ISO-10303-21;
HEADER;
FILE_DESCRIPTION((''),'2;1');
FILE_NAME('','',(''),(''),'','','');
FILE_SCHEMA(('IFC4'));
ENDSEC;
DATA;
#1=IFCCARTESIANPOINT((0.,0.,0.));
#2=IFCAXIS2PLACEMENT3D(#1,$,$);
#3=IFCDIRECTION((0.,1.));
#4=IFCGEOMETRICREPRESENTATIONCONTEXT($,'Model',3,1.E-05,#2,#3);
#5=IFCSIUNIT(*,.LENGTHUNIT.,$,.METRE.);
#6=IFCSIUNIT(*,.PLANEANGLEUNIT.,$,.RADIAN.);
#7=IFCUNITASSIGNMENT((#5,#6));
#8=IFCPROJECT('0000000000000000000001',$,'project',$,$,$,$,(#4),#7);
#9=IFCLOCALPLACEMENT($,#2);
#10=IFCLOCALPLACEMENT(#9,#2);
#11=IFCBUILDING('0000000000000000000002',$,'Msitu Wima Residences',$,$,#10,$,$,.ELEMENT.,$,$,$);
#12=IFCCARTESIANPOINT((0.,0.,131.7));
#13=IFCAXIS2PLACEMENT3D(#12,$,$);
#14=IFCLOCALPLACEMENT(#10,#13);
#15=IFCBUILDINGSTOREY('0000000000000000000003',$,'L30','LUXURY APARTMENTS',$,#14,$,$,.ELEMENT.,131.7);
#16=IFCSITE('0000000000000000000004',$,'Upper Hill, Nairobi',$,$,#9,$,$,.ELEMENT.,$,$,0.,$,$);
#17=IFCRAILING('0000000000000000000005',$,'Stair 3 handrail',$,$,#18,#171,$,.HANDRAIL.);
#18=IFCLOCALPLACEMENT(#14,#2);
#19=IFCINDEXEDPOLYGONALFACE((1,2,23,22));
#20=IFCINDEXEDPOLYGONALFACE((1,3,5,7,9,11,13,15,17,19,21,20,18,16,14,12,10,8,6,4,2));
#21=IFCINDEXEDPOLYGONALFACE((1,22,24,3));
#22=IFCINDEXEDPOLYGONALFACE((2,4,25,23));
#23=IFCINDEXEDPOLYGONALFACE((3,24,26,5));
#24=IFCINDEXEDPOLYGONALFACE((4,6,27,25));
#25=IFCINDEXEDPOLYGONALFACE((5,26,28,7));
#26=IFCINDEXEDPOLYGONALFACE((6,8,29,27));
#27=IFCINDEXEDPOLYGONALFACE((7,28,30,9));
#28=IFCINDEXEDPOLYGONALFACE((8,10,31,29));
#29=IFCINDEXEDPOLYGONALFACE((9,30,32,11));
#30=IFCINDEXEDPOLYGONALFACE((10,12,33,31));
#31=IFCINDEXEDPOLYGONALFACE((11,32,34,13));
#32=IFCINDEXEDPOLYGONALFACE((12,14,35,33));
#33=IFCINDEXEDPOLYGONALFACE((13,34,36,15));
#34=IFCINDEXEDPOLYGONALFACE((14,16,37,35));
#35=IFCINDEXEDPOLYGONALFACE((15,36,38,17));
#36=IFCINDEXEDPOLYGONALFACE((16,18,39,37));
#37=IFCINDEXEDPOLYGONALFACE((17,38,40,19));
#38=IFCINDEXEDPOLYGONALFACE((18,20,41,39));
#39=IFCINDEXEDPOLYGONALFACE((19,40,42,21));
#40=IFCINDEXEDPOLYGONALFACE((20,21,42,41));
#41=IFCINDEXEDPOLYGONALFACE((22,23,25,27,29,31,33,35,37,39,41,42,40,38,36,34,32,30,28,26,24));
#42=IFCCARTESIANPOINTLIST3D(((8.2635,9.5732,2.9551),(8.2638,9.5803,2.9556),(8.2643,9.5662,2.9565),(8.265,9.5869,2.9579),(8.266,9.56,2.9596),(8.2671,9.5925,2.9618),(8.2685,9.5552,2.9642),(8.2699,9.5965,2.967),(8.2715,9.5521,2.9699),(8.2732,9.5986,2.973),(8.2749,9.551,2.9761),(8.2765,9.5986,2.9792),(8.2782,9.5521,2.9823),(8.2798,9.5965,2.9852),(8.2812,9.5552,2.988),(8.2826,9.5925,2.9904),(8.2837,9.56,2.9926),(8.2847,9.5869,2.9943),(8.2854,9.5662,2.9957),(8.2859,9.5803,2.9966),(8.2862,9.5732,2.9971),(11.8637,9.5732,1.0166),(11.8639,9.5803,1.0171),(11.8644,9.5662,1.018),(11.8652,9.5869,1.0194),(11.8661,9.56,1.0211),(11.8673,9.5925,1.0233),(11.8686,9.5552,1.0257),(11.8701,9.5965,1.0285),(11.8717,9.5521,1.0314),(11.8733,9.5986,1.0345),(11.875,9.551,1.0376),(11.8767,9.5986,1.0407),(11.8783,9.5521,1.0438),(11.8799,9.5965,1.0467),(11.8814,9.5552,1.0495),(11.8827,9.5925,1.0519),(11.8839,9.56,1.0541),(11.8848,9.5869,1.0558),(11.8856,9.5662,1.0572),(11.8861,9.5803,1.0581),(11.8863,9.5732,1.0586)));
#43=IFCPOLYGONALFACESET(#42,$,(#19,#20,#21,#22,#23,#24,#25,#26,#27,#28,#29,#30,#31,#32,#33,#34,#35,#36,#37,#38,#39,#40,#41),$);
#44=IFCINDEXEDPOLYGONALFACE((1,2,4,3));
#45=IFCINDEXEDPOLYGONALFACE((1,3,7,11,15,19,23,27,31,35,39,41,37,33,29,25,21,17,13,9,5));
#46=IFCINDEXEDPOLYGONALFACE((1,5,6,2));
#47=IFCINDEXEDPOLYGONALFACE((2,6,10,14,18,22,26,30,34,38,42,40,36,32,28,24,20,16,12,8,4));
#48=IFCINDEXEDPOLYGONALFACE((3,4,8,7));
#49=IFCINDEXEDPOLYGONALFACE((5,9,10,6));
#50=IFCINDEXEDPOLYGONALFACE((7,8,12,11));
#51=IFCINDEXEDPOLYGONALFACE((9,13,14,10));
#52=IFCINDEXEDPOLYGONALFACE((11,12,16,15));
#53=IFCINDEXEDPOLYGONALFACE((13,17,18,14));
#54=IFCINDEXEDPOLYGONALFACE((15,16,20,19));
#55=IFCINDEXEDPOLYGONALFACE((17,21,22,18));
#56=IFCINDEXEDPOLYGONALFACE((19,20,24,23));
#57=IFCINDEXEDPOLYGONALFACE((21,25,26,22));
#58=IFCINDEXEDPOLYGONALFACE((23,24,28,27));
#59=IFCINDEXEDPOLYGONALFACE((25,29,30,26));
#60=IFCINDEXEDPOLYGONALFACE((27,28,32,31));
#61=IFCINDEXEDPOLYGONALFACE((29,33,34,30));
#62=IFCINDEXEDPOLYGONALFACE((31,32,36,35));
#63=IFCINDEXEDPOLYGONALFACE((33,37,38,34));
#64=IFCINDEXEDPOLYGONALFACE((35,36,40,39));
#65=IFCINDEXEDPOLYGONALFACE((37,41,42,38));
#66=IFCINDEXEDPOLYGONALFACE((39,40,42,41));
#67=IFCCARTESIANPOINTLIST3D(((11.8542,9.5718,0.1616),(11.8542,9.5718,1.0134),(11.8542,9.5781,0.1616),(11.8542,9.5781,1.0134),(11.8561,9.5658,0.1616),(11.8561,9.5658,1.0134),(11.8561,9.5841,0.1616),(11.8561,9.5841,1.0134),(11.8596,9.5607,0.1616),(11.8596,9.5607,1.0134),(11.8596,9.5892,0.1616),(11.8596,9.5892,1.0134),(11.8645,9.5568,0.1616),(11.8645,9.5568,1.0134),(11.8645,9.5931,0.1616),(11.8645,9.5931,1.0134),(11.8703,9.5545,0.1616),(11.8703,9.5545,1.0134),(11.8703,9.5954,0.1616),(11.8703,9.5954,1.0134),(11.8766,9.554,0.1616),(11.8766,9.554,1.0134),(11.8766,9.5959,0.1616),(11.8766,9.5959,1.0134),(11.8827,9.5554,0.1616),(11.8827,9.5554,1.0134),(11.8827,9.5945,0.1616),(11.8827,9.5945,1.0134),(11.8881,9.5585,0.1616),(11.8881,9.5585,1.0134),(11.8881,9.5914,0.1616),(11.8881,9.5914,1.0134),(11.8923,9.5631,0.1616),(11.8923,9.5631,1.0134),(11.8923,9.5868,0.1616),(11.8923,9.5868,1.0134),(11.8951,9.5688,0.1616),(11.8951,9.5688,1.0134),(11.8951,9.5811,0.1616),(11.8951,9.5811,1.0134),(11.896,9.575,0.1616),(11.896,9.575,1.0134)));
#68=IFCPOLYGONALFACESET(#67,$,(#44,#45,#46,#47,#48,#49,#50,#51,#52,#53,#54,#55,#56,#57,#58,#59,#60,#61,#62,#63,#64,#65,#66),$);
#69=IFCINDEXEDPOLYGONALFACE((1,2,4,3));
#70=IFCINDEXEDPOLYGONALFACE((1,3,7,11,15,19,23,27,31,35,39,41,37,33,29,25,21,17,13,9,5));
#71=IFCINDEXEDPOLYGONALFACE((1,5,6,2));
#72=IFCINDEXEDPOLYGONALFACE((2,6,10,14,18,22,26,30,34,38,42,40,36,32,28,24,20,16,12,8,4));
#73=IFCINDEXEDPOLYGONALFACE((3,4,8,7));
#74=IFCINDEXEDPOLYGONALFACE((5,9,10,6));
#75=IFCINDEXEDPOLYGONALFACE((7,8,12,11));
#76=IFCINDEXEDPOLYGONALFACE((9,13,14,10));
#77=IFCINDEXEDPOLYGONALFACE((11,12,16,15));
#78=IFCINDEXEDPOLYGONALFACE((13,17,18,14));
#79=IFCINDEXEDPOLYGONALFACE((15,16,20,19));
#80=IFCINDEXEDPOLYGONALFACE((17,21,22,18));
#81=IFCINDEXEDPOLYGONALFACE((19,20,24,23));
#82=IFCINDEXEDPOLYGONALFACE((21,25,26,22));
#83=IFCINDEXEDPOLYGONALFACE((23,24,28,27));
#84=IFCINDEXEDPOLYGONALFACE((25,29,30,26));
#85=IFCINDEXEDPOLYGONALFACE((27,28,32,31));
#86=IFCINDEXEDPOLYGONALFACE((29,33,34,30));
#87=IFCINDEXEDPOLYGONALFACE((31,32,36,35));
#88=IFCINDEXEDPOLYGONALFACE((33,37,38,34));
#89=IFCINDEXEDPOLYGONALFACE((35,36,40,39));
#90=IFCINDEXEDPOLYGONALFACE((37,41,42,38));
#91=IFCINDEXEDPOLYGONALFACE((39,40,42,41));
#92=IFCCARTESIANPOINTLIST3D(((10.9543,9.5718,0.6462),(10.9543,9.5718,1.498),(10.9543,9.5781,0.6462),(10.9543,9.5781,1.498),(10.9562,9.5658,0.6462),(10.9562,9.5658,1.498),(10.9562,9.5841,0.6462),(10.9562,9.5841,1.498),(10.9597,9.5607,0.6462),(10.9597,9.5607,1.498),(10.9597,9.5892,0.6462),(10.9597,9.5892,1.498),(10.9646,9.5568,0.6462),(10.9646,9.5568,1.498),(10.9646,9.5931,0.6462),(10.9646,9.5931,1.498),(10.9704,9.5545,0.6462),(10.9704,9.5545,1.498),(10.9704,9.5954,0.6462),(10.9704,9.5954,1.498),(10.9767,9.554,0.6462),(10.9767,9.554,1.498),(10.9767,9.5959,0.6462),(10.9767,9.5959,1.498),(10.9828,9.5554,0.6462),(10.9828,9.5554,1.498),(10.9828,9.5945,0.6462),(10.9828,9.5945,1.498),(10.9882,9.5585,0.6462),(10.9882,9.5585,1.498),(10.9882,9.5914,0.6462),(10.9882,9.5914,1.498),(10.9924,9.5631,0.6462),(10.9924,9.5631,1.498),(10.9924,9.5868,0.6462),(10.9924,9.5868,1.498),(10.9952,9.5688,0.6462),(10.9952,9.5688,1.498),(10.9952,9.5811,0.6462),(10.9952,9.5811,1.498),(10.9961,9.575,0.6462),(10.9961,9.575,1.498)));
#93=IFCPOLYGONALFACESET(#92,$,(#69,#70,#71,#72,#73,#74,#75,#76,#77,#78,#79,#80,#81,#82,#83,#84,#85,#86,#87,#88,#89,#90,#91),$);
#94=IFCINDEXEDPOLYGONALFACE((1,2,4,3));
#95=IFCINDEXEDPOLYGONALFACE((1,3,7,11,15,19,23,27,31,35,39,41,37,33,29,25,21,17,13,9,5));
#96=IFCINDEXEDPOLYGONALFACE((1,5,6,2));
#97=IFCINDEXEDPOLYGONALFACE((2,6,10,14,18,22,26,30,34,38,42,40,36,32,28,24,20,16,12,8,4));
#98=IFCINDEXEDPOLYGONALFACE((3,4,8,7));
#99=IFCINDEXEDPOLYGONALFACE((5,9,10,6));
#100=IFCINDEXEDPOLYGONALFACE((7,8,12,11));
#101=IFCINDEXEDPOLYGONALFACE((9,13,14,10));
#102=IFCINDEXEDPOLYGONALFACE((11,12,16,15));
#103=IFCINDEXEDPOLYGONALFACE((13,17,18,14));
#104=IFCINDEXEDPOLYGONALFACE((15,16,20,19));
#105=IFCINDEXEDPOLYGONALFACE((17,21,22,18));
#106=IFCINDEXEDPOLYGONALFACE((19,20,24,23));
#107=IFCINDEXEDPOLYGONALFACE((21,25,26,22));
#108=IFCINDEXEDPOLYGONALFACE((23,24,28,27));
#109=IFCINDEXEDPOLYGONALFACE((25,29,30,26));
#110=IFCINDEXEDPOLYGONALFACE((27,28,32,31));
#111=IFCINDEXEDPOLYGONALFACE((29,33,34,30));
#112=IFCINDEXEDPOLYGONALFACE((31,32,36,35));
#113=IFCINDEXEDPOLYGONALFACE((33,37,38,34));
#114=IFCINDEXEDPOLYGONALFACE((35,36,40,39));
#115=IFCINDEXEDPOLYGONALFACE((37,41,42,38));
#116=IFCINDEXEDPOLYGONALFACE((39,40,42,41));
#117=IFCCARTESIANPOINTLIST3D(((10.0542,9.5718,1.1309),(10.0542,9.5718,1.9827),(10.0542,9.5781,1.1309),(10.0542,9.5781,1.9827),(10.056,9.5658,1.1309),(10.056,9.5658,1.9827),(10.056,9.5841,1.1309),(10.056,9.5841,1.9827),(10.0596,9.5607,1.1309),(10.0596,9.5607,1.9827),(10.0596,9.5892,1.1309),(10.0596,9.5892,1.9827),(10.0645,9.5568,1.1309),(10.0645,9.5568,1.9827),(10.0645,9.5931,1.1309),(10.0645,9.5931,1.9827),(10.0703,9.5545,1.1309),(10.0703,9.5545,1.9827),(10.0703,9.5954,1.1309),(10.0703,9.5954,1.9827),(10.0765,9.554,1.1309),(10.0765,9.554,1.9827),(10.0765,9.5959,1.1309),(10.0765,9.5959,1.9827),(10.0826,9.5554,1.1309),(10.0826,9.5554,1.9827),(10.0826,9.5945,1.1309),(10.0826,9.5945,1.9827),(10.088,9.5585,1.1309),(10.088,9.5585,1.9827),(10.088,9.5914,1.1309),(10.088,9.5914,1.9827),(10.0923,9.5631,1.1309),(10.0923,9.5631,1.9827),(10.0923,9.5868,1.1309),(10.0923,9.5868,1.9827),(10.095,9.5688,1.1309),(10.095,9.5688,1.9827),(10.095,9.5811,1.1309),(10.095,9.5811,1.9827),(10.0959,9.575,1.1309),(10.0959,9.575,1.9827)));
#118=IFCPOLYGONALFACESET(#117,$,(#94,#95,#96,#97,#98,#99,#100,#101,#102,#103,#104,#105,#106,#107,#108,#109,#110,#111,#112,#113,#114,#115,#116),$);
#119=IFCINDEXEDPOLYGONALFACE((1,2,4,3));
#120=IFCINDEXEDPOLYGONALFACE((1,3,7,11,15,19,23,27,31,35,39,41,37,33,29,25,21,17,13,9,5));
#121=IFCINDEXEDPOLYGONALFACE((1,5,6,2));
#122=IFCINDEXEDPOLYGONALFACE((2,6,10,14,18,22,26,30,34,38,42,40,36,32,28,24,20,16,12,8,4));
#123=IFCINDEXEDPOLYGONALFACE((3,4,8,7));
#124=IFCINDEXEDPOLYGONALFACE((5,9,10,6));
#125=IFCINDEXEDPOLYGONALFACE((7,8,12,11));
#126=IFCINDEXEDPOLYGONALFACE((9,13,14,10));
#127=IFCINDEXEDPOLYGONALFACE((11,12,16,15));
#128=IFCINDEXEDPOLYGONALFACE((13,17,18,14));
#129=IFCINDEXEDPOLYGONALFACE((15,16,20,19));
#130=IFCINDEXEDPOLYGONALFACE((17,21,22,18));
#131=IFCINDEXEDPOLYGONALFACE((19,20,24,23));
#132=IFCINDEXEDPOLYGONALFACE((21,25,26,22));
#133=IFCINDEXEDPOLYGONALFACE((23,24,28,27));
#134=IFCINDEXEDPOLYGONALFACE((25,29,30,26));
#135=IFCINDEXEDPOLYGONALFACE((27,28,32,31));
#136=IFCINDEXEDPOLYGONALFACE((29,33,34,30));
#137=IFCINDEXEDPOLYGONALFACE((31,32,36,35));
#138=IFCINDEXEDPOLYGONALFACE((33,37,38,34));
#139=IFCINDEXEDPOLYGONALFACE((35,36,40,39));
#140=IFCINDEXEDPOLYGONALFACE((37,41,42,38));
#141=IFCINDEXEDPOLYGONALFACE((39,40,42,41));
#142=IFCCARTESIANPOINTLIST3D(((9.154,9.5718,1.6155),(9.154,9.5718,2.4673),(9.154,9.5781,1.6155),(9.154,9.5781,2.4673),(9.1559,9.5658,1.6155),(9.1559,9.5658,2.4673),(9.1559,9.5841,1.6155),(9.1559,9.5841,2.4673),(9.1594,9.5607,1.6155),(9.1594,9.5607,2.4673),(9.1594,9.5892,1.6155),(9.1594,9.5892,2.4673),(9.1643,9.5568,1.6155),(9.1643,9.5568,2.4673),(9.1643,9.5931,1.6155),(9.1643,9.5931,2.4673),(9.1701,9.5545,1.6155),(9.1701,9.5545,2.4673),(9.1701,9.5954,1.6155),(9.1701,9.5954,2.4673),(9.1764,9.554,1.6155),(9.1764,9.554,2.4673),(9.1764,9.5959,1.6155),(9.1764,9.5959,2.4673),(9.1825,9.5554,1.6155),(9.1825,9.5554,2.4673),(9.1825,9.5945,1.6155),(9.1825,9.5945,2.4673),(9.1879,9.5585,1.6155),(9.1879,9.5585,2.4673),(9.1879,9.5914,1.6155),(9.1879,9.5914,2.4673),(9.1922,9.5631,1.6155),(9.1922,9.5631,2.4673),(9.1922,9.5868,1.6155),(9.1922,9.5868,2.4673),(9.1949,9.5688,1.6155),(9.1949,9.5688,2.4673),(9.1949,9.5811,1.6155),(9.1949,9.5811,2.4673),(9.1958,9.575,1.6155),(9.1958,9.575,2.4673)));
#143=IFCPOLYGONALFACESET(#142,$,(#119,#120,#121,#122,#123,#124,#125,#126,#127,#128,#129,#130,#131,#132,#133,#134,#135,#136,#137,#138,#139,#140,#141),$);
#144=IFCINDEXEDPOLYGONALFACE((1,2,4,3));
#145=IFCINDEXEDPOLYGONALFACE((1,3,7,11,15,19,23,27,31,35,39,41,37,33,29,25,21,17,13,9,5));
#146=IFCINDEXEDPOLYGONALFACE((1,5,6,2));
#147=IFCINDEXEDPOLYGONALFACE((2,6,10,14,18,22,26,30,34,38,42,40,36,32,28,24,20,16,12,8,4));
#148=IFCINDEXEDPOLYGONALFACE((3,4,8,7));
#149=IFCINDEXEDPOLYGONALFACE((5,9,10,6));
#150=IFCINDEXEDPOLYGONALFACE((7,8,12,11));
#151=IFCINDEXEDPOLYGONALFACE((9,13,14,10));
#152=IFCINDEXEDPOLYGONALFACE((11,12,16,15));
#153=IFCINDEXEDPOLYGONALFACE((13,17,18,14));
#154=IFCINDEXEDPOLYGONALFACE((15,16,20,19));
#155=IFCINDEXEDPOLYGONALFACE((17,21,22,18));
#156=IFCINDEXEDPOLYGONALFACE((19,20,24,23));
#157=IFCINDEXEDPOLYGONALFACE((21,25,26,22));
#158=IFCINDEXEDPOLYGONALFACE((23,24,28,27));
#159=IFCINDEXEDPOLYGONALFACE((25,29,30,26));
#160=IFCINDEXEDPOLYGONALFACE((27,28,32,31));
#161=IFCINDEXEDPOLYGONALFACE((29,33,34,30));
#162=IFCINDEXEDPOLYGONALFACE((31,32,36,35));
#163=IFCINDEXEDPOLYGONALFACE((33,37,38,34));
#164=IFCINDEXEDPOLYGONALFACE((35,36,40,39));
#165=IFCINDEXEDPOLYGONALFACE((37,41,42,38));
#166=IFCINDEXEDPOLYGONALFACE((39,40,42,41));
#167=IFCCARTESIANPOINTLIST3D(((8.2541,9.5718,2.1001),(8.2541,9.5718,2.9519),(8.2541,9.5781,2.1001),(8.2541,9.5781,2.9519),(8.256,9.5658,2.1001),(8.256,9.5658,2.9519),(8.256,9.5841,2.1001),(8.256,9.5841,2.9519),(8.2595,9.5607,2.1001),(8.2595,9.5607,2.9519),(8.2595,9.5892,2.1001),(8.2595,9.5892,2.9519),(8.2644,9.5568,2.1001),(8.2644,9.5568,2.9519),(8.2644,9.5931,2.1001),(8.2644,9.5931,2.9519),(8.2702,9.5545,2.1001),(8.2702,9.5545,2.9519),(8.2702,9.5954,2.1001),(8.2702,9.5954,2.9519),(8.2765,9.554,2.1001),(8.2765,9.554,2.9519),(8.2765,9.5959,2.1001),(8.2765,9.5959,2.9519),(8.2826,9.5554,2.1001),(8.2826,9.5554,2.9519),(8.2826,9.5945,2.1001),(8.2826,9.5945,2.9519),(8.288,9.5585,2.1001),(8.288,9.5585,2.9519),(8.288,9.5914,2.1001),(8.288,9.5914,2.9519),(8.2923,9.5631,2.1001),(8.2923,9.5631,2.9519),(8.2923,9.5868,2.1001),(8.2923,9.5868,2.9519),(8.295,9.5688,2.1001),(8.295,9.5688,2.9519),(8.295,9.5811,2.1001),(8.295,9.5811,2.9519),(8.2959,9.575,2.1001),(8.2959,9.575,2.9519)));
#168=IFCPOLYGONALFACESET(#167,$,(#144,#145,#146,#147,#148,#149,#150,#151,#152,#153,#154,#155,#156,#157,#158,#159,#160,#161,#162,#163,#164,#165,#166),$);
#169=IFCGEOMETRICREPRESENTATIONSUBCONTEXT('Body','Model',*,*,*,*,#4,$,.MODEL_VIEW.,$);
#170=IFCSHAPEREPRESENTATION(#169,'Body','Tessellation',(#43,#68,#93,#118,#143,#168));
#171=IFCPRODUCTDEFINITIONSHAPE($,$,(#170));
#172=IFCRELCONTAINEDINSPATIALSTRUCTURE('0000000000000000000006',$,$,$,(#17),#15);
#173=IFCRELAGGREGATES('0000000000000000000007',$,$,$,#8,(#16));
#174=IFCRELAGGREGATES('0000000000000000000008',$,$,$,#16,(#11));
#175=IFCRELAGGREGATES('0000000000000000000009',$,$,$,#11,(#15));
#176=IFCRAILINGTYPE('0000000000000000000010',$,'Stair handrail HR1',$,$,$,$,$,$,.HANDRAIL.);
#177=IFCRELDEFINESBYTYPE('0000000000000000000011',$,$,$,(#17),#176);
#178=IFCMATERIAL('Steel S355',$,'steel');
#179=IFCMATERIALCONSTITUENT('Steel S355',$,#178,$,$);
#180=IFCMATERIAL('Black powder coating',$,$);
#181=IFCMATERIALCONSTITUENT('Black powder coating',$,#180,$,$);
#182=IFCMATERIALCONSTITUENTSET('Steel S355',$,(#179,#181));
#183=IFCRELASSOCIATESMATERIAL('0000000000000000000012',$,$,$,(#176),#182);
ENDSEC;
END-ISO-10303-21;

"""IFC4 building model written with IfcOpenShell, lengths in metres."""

from ifc_helpers import new_model, si_unit, direction, frame, origin, origin_2d, place, context, subcontext, project, spatial, circle, extrude, material, constituent, constituent_set, type_object, element, save


model = new_model("IFC4")

# Units and contexts
model_context = context("Model", 3, precision=1e-05, world=origin(), true_north=direction((0.0, 1.0)))
body_context = subcontext(model_context, "Body", "Model", "MODEL_VIEW")
ifc_project = project(units=[si_unit("LENGTHUNIT", "METRE"), si_unit("PLANEANGLEUNIT", "RADIAN")], contexts=[model_context])

# Site, building, storey
site_placement = place(None, origin())
site = spatial("IfcSite", under=ifc_project, at=site_placement, Name="Upper Hill, Nairobi", CompositionType="ELEMENT", RefElevation=0.0)
building_placement = place(site_placement, origin())
building = spatial("IfcBuilding", under=site, at=building_placement, Name="Msitu Wima Residences", CompositionType="ELEMENT")
storey_placement = place(building_placement, frame((0.0, 0.0, 131.7)))
storey = spatial("IfcBuildingStorey", under=building, at=storey_placement, Name="L30", Description="LUXURY APARTMENTS", CompositionType="ELEMENT", Elevation=131.7)

# Railing
ifc_material_1 = material(Name="Steel S355", Category="steel")
ifc_constituent_1 = constituent(ifc_material_1, Name="Steel S355")
ifc_material_2 = material(Name="Black powder coating")
ifc_constituent_2 = constituent(ifc_material_2, Name="Black powder coating")
ifc_constituent_set = constituent_set(constituents=[ifc_constituent_1, ifc_constituent_2], Name="Steel S355")
railing_type = type_object("IfcRailingType", Name="Stair handrail HR1", PredefinedType="HANDRAIL", material=ifc_constituent_set)
for number, where, name in (
    (1, (11.875, 9.575, 0.1616), "Stair 3 handrail"),
):
    element("IfcRailing", number, at=place(storey_placement, frame(where)), inside=storey, type_object=railing_type, Name=name, PredefinedType="HANDRAIL", context=body_context, shape_type="SweptSolid", body=[
        extrude(circle(Radius=0.0239, at=origin_2d()), frame((0.0, 0.0, 0.876), z_axis=(-0.880475, 0.0, 0.474093), x_axis=(0.0, -1.0, 0.0)), (0.0, 0.0, 1.0), 4.0889),
        extrude(circle(Radius=0.021, at=origin_2d()), origin(), (0.0, 0.0, 1.0), 0.8518),
        extrude(circle(Radius=0.021, at=origin_2d()), frame((-0.8999, 0.0, 0.4846)), (0.0, 0.0, 1.0), 0.8518),
        extrude(circle(Radius=0.021, at=origin_2d()), frame((-1.8, 0.0, 0.9692)), (0.0, 0.0, 1.0), 0.8518),
        extrude(circle(Radius=0.021, at=origin_2d()), frame((-2.7002, 0.0, 1.4539)), (0.0, 0.0, 1.0), 0.8518),
        extrude(circle(Radius=0.021, at=origin_2d()), frame((-3.6001, 0.0, 1.9385)), (0.0, 0.0, 1.0), 0.8518),
    ])

save(model, "model.ifc")
